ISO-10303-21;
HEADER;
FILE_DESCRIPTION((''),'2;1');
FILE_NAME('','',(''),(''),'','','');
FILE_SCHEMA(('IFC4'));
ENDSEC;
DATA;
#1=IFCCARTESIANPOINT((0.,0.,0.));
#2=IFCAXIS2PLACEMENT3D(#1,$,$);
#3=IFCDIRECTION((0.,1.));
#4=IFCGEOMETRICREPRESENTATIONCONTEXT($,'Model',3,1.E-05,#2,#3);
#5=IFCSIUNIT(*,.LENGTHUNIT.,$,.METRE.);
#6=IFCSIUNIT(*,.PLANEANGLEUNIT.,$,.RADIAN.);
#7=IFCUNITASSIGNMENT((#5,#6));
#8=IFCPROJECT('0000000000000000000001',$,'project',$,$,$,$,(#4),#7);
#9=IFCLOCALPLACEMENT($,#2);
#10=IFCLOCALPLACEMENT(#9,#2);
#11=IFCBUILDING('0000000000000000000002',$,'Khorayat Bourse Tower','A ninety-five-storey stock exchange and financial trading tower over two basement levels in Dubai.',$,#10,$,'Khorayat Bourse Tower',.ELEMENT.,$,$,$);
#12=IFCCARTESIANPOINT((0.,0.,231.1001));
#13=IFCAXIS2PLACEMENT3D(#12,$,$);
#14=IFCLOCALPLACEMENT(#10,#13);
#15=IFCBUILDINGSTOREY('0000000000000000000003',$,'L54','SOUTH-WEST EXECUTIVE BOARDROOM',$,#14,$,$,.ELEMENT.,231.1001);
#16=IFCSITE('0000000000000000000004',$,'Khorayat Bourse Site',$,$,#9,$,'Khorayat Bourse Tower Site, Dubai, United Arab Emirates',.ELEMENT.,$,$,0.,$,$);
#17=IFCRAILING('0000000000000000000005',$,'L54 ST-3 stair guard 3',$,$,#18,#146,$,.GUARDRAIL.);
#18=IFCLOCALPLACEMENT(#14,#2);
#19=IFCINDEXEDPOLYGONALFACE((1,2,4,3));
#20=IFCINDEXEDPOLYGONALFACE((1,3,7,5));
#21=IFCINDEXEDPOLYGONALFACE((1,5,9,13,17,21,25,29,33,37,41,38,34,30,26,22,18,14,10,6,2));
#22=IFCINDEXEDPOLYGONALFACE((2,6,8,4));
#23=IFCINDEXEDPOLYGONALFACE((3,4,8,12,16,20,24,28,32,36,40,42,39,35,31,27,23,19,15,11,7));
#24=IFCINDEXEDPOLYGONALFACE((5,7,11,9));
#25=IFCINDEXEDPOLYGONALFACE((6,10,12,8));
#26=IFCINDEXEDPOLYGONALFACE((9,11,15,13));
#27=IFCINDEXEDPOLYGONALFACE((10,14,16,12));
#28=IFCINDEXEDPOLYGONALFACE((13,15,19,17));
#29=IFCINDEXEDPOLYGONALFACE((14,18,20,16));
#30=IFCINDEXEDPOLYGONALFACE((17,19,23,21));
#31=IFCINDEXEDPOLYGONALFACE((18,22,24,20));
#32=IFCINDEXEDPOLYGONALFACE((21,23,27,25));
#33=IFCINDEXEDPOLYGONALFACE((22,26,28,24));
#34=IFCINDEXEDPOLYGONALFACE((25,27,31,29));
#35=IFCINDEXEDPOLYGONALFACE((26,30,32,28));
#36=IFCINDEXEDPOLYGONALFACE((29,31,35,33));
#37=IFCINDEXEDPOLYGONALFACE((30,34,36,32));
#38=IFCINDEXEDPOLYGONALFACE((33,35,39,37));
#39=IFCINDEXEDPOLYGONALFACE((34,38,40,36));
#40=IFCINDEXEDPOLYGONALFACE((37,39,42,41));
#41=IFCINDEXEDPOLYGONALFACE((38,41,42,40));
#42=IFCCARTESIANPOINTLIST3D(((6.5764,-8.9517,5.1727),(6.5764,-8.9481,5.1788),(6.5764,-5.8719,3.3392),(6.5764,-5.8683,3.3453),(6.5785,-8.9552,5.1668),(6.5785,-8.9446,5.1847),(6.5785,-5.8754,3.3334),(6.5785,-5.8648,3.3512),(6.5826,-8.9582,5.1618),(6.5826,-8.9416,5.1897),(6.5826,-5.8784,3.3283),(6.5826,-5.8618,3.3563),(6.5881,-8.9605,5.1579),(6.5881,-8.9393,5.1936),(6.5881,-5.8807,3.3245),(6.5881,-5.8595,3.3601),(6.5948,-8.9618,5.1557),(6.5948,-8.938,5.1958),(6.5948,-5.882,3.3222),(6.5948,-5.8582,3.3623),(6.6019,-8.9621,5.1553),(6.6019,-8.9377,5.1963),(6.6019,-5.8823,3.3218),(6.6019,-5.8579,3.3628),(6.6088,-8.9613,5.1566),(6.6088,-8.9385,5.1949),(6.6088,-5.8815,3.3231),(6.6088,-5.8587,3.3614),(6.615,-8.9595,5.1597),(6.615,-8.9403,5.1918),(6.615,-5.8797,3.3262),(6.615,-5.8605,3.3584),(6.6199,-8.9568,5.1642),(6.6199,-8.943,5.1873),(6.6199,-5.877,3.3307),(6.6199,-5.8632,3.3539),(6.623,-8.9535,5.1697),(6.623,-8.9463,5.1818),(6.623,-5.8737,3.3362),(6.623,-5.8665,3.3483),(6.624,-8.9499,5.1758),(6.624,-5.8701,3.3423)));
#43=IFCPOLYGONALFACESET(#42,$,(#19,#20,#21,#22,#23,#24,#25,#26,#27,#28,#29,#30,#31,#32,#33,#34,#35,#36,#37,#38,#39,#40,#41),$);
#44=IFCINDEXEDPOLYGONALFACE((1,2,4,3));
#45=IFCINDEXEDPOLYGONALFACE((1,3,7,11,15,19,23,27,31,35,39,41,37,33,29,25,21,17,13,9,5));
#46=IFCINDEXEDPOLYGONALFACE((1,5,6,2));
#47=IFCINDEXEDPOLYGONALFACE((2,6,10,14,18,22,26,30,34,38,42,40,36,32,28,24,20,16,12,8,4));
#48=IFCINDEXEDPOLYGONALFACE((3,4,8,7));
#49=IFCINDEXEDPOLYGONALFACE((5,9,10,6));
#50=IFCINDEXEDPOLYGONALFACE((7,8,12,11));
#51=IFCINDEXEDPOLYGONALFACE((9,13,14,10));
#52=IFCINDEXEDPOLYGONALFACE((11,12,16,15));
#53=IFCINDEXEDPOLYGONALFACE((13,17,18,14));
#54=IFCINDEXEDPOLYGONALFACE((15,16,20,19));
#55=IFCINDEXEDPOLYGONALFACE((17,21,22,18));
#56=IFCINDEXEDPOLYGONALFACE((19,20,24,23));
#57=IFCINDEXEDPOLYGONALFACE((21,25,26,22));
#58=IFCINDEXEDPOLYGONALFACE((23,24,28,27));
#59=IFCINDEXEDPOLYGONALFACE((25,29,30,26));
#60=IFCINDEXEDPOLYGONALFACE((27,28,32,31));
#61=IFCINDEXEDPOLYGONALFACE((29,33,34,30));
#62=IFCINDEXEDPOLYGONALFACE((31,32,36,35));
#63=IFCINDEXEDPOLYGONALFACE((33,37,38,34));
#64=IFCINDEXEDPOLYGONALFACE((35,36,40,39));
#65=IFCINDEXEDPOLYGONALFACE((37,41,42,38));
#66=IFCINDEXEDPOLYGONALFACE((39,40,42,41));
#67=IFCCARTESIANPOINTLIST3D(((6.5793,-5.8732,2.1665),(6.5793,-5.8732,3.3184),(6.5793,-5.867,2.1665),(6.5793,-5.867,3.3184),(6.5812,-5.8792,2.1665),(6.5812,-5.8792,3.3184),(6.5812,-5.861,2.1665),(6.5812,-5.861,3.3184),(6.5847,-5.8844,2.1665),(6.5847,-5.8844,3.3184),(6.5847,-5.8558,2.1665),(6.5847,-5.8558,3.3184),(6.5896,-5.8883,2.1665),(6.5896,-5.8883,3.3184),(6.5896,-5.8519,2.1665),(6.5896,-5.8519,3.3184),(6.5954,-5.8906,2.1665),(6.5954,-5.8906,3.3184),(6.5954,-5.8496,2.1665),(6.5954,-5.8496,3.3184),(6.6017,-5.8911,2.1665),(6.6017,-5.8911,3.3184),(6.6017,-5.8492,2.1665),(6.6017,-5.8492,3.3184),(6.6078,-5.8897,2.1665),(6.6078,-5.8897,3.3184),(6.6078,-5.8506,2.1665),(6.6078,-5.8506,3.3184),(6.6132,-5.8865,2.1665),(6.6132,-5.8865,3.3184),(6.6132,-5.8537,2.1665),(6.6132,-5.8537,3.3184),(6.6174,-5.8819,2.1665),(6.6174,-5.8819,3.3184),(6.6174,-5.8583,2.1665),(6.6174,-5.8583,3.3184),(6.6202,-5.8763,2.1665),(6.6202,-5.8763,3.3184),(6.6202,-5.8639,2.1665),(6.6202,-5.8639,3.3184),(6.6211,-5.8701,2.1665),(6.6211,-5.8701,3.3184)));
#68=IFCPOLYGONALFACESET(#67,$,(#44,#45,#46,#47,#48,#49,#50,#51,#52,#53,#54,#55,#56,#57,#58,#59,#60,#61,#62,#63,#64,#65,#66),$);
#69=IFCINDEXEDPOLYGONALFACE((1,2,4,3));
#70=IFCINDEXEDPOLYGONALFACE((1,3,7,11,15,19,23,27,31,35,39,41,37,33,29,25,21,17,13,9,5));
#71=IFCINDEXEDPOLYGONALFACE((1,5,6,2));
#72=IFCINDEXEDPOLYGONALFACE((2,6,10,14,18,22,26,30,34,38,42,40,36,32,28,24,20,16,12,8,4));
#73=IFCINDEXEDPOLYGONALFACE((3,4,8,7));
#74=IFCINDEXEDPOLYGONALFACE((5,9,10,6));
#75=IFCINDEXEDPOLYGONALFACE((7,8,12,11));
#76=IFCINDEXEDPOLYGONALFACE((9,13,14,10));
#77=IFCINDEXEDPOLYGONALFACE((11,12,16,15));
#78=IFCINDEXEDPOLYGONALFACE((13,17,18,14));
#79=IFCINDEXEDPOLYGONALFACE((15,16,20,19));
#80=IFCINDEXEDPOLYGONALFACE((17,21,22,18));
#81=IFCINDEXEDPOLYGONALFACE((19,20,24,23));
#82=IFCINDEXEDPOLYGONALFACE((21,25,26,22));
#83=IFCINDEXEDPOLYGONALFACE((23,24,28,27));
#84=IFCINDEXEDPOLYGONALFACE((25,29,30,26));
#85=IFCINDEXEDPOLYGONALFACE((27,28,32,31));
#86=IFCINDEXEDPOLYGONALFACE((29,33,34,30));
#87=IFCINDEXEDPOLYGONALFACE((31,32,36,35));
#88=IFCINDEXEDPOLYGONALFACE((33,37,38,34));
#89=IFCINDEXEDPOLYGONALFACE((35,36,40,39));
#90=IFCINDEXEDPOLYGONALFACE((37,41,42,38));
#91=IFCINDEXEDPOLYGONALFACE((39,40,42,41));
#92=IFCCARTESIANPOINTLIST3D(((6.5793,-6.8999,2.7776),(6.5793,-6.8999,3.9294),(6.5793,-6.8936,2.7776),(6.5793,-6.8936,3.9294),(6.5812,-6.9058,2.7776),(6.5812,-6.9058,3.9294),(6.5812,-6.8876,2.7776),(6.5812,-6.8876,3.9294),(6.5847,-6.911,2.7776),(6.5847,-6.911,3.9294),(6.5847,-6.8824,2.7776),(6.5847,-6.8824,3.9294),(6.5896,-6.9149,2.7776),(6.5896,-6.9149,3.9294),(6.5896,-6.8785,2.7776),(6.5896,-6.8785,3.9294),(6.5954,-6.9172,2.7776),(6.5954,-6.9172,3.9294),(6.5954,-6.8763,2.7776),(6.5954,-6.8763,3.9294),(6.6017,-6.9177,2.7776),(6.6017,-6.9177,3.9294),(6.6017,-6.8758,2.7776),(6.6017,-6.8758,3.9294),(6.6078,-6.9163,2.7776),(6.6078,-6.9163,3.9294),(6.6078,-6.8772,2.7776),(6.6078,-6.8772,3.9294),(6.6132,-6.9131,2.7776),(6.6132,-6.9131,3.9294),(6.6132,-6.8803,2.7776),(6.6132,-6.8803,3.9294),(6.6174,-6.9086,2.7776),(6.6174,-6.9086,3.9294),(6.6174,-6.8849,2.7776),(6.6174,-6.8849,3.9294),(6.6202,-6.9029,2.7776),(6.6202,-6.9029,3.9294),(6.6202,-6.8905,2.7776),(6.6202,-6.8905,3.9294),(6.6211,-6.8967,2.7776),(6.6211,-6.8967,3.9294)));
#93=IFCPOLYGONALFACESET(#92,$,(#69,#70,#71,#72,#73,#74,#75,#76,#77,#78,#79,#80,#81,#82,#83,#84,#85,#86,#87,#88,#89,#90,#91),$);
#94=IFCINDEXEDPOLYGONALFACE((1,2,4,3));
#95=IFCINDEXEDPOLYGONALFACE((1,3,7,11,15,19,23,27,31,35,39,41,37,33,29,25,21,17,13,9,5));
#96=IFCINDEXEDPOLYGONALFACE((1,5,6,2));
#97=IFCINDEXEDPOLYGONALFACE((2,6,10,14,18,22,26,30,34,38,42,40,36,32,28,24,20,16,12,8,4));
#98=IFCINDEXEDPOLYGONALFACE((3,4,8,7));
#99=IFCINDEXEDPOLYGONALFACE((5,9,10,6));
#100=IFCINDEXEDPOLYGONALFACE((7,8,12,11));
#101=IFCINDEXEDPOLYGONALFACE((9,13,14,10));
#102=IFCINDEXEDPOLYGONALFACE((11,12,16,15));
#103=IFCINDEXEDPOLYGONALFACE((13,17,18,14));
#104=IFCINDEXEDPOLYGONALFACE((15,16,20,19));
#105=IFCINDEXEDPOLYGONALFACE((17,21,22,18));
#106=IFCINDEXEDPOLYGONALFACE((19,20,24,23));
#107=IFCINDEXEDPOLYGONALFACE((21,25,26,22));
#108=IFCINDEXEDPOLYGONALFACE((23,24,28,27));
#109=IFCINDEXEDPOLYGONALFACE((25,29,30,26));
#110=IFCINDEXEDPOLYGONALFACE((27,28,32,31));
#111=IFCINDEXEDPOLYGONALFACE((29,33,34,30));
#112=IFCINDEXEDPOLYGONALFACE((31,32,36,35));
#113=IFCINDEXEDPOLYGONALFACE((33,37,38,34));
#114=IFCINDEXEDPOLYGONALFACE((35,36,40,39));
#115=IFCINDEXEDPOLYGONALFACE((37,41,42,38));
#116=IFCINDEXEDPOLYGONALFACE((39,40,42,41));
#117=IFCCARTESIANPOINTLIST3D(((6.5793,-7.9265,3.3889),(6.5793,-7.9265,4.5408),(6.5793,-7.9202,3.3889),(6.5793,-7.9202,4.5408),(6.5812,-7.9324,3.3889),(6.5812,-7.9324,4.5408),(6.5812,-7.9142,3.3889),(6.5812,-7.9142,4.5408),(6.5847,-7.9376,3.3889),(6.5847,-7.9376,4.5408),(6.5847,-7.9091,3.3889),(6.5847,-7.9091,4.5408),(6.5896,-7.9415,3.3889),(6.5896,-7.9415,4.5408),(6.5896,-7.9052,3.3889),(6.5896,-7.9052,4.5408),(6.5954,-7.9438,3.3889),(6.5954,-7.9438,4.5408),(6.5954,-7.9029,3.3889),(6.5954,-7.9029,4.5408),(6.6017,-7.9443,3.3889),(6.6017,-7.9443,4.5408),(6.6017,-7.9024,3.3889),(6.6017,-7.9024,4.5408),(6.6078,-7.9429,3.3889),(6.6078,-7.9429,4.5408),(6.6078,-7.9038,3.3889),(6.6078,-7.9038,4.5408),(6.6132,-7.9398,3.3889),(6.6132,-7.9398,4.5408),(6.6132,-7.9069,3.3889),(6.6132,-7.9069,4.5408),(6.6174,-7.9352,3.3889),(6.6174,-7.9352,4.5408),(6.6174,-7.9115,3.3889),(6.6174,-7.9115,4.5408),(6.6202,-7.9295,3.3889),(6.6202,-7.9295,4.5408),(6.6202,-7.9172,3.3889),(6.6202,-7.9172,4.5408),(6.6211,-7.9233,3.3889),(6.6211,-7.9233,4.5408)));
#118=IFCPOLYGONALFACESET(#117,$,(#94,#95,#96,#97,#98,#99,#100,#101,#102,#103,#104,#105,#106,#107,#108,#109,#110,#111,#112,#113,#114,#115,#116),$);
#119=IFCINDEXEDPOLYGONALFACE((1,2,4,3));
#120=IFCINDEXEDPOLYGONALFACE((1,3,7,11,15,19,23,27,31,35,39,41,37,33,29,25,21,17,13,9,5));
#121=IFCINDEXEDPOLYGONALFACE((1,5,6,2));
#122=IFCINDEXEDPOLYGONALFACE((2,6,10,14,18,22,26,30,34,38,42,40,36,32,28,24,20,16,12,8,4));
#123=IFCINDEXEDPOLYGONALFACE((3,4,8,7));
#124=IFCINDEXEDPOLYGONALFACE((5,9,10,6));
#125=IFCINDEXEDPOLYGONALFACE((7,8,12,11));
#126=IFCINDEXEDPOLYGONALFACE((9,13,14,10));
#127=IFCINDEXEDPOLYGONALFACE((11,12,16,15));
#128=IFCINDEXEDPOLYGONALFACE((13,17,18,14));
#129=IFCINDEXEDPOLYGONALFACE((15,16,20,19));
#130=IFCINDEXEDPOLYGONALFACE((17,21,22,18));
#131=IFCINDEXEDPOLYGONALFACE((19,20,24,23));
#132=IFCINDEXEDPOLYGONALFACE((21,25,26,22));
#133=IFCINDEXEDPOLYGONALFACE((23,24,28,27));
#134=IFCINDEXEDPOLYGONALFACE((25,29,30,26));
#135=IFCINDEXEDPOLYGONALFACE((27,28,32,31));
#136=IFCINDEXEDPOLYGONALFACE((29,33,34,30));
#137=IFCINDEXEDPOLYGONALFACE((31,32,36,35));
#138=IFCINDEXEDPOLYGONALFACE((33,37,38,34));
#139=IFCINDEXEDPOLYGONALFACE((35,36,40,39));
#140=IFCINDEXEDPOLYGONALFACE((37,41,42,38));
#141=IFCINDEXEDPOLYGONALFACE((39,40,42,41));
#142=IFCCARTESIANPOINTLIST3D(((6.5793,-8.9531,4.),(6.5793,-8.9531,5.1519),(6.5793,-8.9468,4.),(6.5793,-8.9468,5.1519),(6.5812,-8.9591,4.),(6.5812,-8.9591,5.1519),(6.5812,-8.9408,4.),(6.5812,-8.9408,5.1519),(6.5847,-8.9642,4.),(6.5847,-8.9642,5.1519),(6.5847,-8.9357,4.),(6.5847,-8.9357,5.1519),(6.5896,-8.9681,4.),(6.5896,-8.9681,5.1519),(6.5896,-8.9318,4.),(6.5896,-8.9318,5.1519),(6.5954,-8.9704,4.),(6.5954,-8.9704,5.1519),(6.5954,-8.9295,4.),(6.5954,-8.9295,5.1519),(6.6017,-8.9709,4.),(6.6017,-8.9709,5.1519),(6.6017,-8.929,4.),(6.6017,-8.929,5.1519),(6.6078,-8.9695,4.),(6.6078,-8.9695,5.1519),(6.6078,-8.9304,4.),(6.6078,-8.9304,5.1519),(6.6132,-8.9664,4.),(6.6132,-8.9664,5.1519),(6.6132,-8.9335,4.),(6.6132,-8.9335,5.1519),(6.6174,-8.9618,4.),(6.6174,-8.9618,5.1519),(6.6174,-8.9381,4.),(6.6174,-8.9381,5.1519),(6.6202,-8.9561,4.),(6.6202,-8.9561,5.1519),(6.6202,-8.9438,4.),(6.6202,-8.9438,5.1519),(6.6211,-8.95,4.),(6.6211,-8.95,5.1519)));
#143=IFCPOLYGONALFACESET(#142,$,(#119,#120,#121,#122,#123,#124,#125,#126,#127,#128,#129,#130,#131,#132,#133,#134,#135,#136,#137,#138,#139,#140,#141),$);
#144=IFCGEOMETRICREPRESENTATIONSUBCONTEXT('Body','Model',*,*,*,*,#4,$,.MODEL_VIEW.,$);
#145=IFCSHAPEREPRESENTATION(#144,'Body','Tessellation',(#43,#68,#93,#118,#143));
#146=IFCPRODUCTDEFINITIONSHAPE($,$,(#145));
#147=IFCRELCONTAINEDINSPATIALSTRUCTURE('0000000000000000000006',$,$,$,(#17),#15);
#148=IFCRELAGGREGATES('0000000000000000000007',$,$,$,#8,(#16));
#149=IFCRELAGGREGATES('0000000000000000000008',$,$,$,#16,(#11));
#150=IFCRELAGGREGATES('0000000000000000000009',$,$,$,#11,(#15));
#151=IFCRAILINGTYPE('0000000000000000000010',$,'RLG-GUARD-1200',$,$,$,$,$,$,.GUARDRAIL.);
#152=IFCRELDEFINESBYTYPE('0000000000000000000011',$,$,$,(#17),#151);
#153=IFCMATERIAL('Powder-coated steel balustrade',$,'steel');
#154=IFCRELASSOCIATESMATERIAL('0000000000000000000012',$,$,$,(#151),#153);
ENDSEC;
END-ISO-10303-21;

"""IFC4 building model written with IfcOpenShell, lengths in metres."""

from ifc_helpers import new_model, si_unit, direction, frame, origin, origin_2d, place, context, subcontext, project, spatial, circle, extrude, source, transform, mapped, material, type_object, element, save


model = new_model("IFC4")

# Units and contexts
model_context = context("Model", 3, precision=1e-05, world=origin(), true_north=direction((0.0, 1.0)))
body_context = subcontext(model_context, "Body", "Model", "MODEL_VIEW")
ifc_project = project(units=[si_unit("LENGTHUNIT", "METRE"), si_unit("PLANEANGLEUNIT", "RADIAN")], contexts=[model_context])

# Site, building, storey
site_placement = place(None, origin())
site = spatial("IfcSite", under=ifc_project, at=site_placement, Name="Khorayat Bourse Site", LongName="Khorayat Bourse Tower Site, Dubai, United Arab Emirates", CompositionType="ELEMENT", RefElevation=0.0)
building_placement = place(site_placement, origin())
building = spatial("IfcBuilding", under=site, at=building_placement, Name="Khorayat Bourse Tower", Description="A ninety-five-storey stock exchange and financial trading tower over two basement levels in Dubai.", LongName="Khorayat Bourse Tower", CompositionType="ELEMENT")
storey_placement = place(building_placement, frame((0.0, 0.0, 231.1001)))
storey = spatial("IfcBuildingStorey", under=building, at=storey_placement, Name="L54", Description="SOUTH-WEST EXECUTIVE BOARDROOM", CompositionType="ELEMENT", Elevation=231.1001)

# Railing
ifc_material_1 = material(Name="Powder-coated steel balustrade", Category="steel")
railing_type_1 = type_object("IfcRailingType", Name="RLG-GUARD-1200", PredefinedType="GUARDRAIL", material=ifc_material_1)
shared_shape_1 = source(origin(), body_context, "Body", "SweptSolid", [
    extrude(circle(Radius=0.0239, at=origin_2d()), frame((0.0, 0.0, 1.1758), z_axis=(0.0, -0.859261, 0.511538), x_axis=(1.0, 0.0, 0.0)), (0.0, 0.0, 1.0), 3.5842),
    extrude(circle(Radius=0.021, at=origin_2d()), origin(), (0.0, 0.0, 1.0), 1.1519),
    extrude(circle(Radius=0.021, at=origin_2d()), frame((0.0, -1.0266, 0.6111)), (0.0, 0.0, 1.0), 1.1519),
    extrude(circle(Radius=0.021, at=origin_2d()), frame((0.0, -2.0532, 1.2224)), (0.0, 0.0, 1.0), 1.1519),
    extrude(circle(Radius=0.021, at=origin_2d()), frame((0.0, -3.0798, 1.8335)), (0.0, 0.0, 1.0), 1.1519),
])
railing_1_placement = place(storey_placement, frame((6.6001, -5.8701, 2.1665)))
element("IfcRailing", 1, at=railing_1_placement, inside=storey, type_object=railing_type_1, Name="L54 ST-3 stair guard 3", PredefinedType="GUARDRAIL", context=body_context, shape_type="MappedRepresentation", body=[
    mapped(shared_shape_1, transform((0.0, 0.0, 0.0), scale=1.0)),
])

save(model, "model.ifc")
